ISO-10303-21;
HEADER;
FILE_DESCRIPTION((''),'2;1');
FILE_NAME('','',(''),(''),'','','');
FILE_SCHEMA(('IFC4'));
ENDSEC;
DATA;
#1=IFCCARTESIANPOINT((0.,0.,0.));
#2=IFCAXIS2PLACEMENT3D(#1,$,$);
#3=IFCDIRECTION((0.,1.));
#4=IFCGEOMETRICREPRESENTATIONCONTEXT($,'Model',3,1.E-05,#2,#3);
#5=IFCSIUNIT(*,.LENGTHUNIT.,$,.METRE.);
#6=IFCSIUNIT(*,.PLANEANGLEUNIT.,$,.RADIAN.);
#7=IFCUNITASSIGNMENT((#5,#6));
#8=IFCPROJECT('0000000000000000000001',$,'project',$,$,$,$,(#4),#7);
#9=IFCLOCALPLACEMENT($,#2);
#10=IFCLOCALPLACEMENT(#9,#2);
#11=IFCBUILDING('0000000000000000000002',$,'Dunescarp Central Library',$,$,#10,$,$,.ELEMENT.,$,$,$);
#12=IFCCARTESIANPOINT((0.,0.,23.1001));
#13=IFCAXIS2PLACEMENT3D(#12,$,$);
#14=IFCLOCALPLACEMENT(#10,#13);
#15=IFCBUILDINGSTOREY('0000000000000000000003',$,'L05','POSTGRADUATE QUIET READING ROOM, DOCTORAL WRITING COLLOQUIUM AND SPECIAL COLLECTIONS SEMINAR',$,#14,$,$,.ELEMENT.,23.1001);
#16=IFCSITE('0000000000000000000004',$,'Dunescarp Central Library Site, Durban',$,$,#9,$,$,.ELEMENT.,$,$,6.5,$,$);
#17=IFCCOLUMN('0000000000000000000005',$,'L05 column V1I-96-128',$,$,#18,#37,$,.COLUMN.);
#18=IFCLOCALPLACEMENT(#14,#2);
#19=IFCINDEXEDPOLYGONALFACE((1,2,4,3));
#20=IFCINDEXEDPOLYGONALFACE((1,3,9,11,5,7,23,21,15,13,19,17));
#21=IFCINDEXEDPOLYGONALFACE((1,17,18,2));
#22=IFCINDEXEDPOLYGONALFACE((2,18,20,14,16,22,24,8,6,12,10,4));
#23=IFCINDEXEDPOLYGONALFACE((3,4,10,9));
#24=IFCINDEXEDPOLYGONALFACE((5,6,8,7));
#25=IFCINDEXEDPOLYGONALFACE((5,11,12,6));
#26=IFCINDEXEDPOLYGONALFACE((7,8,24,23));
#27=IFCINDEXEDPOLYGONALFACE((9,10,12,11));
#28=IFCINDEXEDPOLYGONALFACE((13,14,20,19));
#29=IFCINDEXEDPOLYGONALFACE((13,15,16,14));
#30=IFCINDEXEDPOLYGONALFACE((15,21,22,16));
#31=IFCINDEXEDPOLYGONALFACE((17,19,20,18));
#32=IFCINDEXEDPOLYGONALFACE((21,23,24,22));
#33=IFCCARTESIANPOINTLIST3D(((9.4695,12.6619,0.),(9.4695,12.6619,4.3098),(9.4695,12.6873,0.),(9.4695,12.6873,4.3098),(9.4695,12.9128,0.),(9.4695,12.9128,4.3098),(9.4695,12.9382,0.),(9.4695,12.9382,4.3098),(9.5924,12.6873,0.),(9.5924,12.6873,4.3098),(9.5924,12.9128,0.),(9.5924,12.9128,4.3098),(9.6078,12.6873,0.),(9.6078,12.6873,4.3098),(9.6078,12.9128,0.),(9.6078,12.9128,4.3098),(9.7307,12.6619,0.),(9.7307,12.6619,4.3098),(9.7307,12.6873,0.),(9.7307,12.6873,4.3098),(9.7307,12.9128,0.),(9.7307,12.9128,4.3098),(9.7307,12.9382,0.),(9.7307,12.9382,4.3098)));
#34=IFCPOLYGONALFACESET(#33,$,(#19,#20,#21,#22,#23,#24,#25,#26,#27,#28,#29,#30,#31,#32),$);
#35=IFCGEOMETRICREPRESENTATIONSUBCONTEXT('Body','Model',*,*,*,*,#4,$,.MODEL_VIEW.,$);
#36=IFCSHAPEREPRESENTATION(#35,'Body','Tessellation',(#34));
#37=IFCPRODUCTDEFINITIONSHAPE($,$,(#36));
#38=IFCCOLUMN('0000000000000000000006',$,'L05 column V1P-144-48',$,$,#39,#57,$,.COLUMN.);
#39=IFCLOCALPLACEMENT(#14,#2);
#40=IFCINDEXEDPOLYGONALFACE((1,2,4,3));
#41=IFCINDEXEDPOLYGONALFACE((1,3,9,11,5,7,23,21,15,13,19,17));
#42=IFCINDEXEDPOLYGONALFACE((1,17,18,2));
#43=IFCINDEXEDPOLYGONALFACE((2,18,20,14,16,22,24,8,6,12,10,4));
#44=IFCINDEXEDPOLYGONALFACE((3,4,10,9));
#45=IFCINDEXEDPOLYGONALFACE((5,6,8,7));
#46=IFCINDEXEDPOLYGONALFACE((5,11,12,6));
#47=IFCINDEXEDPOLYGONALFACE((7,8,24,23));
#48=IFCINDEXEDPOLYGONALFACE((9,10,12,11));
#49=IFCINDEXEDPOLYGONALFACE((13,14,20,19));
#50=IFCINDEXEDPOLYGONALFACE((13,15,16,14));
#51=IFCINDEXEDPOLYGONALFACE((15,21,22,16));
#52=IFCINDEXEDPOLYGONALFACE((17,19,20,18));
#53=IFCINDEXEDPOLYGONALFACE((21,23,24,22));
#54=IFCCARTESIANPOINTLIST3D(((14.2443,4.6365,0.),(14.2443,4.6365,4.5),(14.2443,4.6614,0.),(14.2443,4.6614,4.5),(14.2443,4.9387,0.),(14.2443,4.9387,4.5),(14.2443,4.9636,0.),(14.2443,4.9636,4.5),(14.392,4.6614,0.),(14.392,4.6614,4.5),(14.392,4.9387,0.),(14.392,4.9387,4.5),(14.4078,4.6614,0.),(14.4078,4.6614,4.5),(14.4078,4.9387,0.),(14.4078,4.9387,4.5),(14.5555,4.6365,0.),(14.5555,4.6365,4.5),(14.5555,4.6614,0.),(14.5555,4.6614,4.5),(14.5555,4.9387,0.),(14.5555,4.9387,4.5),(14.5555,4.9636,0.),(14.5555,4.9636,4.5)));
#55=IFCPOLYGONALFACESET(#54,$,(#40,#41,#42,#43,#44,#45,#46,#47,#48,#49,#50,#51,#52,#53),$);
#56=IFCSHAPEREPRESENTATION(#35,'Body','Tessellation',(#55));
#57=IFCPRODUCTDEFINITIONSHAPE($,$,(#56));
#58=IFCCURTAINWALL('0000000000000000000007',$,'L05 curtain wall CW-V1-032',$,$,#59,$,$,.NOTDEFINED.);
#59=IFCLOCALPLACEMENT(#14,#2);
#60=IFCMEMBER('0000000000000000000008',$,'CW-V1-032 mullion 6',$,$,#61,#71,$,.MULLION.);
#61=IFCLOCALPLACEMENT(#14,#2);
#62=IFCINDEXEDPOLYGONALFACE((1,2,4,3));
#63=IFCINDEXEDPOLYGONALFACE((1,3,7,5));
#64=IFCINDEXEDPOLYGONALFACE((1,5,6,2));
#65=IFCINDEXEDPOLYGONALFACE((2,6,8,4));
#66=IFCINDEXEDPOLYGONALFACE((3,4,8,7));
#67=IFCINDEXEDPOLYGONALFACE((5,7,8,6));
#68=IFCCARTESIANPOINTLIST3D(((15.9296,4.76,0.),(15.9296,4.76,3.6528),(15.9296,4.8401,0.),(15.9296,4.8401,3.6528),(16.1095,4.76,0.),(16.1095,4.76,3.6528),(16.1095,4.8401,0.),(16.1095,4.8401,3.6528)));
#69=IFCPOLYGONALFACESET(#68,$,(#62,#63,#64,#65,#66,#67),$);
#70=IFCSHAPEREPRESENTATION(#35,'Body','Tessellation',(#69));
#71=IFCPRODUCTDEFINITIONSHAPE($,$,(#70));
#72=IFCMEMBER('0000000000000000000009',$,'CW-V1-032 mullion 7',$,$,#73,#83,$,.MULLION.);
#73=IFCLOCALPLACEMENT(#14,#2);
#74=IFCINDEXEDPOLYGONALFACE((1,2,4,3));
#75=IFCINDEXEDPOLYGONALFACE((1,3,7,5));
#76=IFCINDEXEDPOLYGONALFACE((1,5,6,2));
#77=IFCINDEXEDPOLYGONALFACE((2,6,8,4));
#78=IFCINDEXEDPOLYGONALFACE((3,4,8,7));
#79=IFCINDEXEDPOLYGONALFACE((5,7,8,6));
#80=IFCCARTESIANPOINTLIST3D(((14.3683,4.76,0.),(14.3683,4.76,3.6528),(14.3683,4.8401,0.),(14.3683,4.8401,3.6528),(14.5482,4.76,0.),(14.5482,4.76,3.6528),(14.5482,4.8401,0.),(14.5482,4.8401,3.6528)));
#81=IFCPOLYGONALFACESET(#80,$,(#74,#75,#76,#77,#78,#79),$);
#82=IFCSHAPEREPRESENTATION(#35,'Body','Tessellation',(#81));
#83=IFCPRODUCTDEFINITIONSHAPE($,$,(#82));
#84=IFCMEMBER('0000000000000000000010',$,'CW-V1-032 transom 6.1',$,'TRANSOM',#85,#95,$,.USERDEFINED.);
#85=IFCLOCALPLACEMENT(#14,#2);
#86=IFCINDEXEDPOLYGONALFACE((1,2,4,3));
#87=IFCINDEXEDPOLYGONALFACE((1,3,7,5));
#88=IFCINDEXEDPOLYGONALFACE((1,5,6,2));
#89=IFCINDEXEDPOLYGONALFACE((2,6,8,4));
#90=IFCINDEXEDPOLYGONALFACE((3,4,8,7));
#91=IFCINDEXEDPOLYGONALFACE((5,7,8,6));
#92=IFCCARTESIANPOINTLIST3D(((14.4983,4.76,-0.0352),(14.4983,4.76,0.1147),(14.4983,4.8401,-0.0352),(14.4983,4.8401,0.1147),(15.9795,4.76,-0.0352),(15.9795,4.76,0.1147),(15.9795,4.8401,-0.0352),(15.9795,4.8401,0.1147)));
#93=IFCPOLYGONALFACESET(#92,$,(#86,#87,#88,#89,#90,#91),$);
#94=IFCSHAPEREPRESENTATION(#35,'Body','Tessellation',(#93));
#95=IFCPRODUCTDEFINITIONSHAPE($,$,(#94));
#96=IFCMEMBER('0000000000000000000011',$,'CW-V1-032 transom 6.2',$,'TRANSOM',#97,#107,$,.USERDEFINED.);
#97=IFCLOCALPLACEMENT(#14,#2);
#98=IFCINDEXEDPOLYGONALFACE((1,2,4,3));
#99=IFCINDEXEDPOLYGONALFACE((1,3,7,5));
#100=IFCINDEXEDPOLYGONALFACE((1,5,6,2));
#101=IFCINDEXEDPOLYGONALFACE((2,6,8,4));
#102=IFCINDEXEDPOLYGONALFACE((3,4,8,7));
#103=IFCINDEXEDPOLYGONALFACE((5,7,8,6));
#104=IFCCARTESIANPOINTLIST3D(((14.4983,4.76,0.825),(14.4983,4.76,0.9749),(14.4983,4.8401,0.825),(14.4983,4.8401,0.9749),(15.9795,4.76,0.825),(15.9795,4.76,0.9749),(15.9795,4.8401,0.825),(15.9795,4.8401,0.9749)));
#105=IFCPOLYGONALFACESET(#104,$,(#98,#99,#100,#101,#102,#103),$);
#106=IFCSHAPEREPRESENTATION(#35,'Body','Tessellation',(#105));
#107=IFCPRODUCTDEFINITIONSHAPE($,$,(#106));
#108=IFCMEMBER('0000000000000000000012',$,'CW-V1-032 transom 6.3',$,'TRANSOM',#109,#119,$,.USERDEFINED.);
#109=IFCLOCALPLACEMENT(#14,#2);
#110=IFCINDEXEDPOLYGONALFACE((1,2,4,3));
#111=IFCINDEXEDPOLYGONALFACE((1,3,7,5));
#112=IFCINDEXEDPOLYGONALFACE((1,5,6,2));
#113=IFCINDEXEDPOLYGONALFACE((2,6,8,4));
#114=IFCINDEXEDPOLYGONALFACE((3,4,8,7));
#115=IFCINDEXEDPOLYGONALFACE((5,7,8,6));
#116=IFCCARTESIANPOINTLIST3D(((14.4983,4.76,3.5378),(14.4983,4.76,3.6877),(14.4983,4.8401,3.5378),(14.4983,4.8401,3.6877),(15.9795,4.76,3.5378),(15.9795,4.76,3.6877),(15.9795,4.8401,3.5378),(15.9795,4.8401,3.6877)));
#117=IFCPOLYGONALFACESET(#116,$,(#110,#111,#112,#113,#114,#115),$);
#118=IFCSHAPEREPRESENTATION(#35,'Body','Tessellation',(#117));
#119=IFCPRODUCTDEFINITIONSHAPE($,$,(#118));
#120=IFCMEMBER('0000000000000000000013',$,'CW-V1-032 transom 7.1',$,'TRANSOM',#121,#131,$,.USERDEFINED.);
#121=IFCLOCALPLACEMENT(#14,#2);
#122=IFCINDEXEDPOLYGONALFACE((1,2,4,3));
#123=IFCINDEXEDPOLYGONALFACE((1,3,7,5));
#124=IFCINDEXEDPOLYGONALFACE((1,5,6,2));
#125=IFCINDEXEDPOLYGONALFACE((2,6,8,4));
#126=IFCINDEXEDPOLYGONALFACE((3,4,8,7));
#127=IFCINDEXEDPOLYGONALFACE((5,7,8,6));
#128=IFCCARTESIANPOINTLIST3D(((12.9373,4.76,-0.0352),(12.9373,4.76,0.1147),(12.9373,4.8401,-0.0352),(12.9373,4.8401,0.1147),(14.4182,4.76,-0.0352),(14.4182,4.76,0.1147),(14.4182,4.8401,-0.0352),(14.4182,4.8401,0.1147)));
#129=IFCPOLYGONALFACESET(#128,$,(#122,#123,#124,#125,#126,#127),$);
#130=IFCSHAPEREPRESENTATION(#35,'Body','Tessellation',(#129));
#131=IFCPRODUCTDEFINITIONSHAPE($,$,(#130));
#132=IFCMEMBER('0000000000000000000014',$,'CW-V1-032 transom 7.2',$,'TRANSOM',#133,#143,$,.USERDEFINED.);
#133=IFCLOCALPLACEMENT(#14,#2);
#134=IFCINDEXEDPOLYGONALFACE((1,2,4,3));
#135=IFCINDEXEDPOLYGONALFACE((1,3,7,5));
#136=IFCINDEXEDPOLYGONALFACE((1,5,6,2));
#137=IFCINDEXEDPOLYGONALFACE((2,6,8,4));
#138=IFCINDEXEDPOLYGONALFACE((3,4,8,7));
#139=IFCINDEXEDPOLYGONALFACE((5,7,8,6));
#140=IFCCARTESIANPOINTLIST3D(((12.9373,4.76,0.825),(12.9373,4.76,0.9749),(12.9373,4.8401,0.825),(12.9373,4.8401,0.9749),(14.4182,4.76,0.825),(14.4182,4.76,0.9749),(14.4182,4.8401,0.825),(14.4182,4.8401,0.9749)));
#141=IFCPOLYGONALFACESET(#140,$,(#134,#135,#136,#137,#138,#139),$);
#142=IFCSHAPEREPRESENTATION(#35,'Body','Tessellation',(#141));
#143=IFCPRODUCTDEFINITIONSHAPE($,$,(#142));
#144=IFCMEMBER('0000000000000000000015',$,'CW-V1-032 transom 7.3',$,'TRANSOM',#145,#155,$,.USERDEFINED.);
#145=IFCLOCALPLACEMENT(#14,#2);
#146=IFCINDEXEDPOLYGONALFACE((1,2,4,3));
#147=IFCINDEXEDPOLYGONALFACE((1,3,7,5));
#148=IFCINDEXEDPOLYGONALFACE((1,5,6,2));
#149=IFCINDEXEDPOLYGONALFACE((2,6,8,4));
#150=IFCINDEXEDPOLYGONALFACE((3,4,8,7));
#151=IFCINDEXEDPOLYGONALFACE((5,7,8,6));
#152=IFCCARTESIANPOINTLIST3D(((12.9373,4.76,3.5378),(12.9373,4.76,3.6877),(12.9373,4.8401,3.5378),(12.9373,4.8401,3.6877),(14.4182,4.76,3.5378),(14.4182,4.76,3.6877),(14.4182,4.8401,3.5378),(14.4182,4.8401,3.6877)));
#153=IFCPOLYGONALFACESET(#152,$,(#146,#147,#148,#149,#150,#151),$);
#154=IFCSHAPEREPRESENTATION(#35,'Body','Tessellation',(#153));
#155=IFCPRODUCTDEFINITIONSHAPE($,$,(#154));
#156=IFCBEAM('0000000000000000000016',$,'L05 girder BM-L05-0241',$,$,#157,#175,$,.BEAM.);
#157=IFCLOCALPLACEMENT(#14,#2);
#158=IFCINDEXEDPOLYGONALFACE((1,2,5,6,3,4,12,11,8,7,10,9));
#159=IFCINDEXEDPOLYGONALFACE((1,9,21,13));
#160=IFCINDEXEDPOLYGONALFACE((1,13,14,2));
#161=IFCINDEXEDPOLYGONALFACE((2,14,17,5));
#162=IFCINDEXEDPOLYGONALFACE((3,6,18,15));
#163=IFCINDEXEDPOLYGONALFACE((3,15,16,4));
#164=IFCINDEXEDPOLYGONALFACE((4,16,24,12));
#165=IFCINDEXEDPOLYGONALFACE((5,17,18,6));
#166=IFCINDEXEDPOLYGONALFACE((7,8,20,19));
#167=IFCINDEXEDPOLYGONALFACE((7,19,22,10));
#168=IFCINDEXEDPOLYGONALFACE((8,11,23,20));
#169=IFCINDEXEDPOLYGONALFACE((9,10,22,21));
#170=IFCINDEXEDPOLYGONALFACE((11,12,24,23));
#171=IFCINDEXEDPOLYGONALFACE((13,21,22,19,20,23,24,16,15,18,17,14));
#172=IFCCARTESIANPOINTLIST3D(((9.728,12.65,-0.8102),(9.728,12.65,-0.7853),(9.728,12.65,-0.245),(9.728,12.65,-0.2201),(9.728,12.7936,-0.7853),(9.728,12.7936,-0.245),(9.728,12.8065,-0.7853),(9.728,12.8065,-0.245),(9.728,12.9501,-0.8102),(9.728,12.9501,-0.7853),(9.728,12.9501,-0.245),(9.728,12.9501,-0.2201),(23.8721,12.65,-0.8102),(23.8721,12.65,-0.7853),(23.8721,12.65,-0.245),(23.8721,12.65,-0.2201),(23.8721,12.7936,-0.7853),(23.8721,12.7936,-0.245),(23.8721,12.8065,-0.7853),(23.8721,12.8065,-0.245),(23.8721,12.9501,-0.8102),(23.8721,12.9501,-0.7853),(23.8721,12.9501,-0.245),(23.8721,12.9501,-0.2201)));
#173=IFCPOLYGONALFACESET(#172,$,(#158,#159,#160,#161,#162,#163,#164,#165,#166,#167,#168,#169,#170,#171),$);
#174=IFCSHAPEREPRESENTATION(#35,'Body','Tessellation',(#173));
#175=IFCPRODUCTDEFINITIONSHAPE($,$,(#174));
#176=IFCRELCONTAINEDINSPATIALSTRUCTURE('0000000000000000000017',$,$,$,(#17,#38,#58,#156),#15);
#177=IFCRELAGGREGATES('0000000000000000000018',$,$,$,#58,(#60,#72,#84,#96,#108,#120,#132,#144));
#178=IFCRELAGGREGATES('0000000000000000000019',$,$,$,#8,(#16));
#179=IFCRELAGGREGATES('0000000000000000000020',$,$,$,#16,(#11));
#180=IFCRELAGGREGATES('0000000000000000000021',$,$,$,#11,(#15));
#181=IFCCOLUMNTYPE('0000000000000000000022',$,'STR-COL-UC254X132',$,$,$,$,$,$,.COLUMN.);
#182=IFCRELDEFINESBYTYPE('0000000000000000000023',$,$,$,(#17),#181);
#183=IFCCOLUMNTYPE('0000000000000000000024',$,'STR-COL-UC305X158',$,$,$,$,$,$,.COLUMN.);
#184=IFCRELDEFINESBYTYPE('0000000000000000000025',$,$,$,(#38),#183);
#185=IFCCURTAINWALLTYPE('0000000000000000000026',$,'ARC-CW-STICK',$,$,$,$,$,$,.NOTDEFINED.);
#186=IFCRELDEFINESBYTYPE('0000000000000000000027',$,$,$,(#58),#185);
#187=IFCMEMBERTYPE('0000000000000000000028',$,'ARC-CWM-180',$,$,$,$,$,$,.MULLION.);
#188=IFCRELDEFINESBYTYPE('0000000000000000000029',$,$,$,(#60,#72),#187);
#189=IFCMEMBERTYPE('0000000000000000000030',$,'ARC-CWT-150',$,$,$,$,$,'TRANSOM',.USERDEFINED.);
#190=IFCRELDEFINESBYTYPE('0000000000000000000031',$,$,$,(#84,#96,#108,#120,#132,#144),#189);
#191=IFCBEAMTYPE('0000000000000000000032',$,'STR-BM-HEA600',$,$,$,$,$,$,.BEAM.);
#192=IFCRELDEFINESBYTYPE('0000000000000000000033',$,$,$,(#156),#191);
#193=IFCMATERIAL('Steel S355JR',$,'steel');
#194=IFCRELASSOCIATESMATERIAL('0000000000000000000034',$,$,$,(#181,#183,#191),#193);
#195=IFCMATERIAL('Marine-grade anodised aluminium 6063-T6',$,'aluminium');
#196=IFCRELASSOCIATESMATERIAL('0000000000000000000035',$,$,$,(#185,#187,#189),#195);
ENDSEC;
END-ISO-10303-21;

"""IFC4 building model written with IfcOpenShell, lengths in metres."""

from ifc_helpers import new_model, si_unit, direction, frame, origin, origin_2d, place, context, subcontext, project, spatial, rectangle, i_section, extrude, material, material_profile, profile_set, type_object, element, aggregate, save


model = new_model("IFC4")

# Units and contexts
model_context = context("Model", 3, precision=1e-05, world=origin(), true_north=direction((0.0, 1.0)))
body_context = subcontext(model_context, "Body", "Model", "MODEL_VIEW")
ifc_project = project(units=[si_unit("LENGTHUNIT", "METRE"), si_unit("PLANEANGLEUNIT", "RADIAN")], contexts=[model_context])

# Site, building, storey
site_placement = place(None, origin())
site = spatial("IfcSite", under=ifc_project, at=site_placement, Name="Dunescarp Central Library Site, Durban", CompositionType="ELEMENT", RefElevation=6.5)
building_placement = place(site_placement, origin())
building = spatial("IfcBuilding", under=site, at=building_placement, Name="Dunescarp Central Library", CompositionType="ELEMENT")
storey_placement = place(building_placement, frame((0.0, 0.0, 23.1001)))
storey = spatial("IfcBuildingStorey", under=building, at=storey_placement, Name="L05", Description="POSTGRADUATE QUIET READING ROOM, DOCTORAL WRITING COLLOQUIUM AND SPECIAL COLLECTIONS SEMINAR", CompositionType="ELEMENT", Elevation=23.1001)

# Columns
ifc_material_1 = material(Name="Steel S355JR", Category="steel")
ifc_material_profile_1 = material_profile(ifc_material_1, i_section(OverallWidth=0.2612, OverallDepth=0.2764, WebThickness=0.0154, FlangeThickness=0.0254, at=origin_2d()), Name="UC 254x254x132")
ifc_profile_set_1 = profile_set([ifc_material_profile_1], Name="Steel S355JR")
column_type_1 = type_object("IfcColumnType", Name="STR-COL-UC254X132", PredefinedType="COLUMN", material=ifc_profile_set_1)
column_1_placement = place(storey_placement, frame((9.6001, 12.8, 0.0), z_axis=(0.0, 0.0, 1.0), x_axis=(1.0, 0.0, 0.0)))
element("IfcColumn", 1, at=column_1_placement, inside=storey, type_object=column_type_1, Name="L05 column V1I-96-128", PredefinedType="COLUMN", context=body_context, shape_type="SweptSolid", body=[
    extrude(i_section(OverallWidth=0.2612, OverallDepth=0.2764, WebThickness=0.0154, FlangeThickness=0.0254, at=origin_2d()), origin(), (0.0, 0.0, 1.0), 4.3098),
])
ifc_material_profile_2 = material_profile(ifc_material_1, i_section(OverallWidth=0.3113, OverallDepth=0.3271, WebThickness=0.0159, FlangeThickness=0.0249, at=origin_2d()), Name="UC 305x305x158")
ifc_profile_set_2 = profile_set([ifc_material_profile_2], Name="Steel S355JR")
column_type_2 = type_object("IfcColumnType", Name="STR-COL-UC305X158", PredefinedType="COLUMN", material=ifc_profile_set_2)
column_2_placement = place(storey_placement, frame((14.3999, 4.8, 0.0), z_axis=(0.0, 0.0, 1.0), x_axis=(1.0, 0.0, 0.0)))
element("IfcColumn", 2, at=column_2_placement, inside=storey, type_object=column_type_2, Name="L05 column V1P-144-48", PredefinedType="COLUMN", context=body_context, shape_type="SweptSolid", body=[
    extrude(i_section(OverallWidth=0.3113, OverallDepth=0.3271, WebThickness=0.0159, FlangeThickness=0.0249, at=origin_2d()), origin(), (0.0, 0.0, 1.0), 4.5),
])

# Curtain wall, members
ifc_material_2 = material(Name="Marine-grade anodised aluminium 6063-T6", Category="aluminium")
curtain_wall_type = type_object("IfcCurtainWallType", Name="ARC-CW-STICK", PredefinedType="NOTDEFINED", material=ifc_material_2)
curtain_wall_placement = place(storey_placement, origin())
curtain_wall = element("IfcCurtainWall", 3, at=curtain_wall_placement, inside=storey, type_object=curtain_wall_type, Name="L05 curtain wall CW-V1-032", PredefinedType="NOTDEFINED")
ifc_material_profile_3 = material_profile(ifc_material_2, rectangle(XDim=0.0801, YDim=0.1799, at=origin_2d()), Name="AL 80x180")
ifc_profile_set_3 = profile_set([ifc_material_profile_3], Name="Marine-grade anodised aluminium 6063-T6")
member_type_1 = type_object("IfcMemberType", Name="ARC-CWM-180", PredefinedType="MULLION", material=ifc_profile_set_3)
member_1_placement = place(storey_placement, frame((16.0195, 4.8, 0.0), z_axis=(0.0, 0.0, 1.0), x_axis=(0.0, -1.0, 0.0)))
member_1 = element("IfcMember", 4, at=member_1_placement, type_object=member_type_1, Name="CW-V1-032 mullion 6", PredefinedType="MULLION", context=body_context, shape_type="SweptSolid", body=[
    extrude(rectangle(XDim=0.0801, YDim=0.1799, at=origin_2d()), origin(), (0.0, 0.0, 1.0), 3.6528),
])
member_2_placement = place(storey_placement, frame((14.4583, 4.8, 0.0), z_axis=(0.0, 0.0, 1.0), x_axis=(0.0, -1.0, 0.0)))
member_2 = element("IfcMember", 5, at=member_2_placement, type_object=member_type_1, Name="CW-V1-032 mullion 7", PredefinedType="MULLION", context=body_context, shape_type="SweptSolid", body=[
    extrude(rectangle(XDim=0.0801, YDim=0.1799, at=origin_2d()), origin(), (0.0, 0.0, 1.0), 3.6528),
])
ifc_material_profile_4 = material_profile(ifc_material_2, rectangle(XDim=0.0801, YDim=0.1499, at=origin_2d()), Name="AL 80x150")
ifc_profile_set_4 = profile_set([ifc_material_profile_4], Name="Marine-grade anodised aluminium 6063-T6")
member_type_2 = type_object("IfcMemberType", Name="ARC-CWT-150", ElementType="TRANSOM", PredefinedType="USERDEFINED", material=ifc_profile_set_4)
member_3_placement = place(storey_placement, frame((15.9795, 4.8, 0.0398), z_axis=(-1.0, 0.0, 0.0), x_axis=(0.0, -1.0, 0.0)))
member_3 = element("IfcMember", 6, at=member_3_placement, type_object=member_type_2, Name="CW-V1-032 transom 6.1", ObjectType="TRANSOM", PredefinedType="USERDEFINED", context=body_context, shape_type="SweptSolid", body=[
    extrude(rectangle(XDim=0.0801, YDim=0.1499, at=origin_2d()), origin(), (0.0, 0.0, 1.0), 1.4812),
])
member_4_placement = place(storey_placement, frame((15.9795, 4.8, 0.8999), z_axis=(-1.0, 0.0, 0.0), x_axis=(0.0, -1.0, 0.0)))
member_4 = element("IfcMember", 7, at=member_4_placement, type_object=member_type_2, Name="CW-V1-032 transom 6.2", ObjectType="TRANSOM", PredefinedType="USERDEFINED", context=body_context, shape_type="SweptSolid", body=[
    extrude(rectangle(XDim=0.0801, YDim=0.1499, at=origin_2d()), origin(), (0.0, 0.0, 1.0), 1.4812),
])
member_5_placement = place(storey_placement, frame((15.9795, 4.8, 3.6128), z_axis=(-1.0, 0.0, 0.0), x_axis=(0.0, -1.0, 0.0)))
member_5 = element("IfcMember", 8, at=member_5_placement, type_object=member_type_2, Name="CW-V1-032 transom 6.3", ObjectType="TRANSOM", PredefinedType="USERDEFINED", context=body_context, shape_type="SweptSolid", body=[
    extrude(rectangle(XDim=0.0801, YDim=0.1499, at=origin_2d()), origin(), (0.0, 0.0, 1.0), 1.4812),
])
member_6_placement = place(storey_placement, frame((14.4182, 4.8, 0.0398), z_axis=(-1.0, 0.0, 0.0), x_axis=(0.0, -1.0, 0.0)))
member_6 = element("IfcMember", 9, at=member_6_placement, type_object=member_type_2, Name="CW-V1-032 transom 7.1", ObjectType="TRANSOM", PredefinedType="USERDEFINED", context=body_context, shape_type="SweptSolid", body=[
    extrude(rectangle(XDim=0.0801, YDim=0.1499, at=origin_2d()), origin(), (0.0, 0.0, 1.0), 1.481),
])
member_7_placement = place(storey_placement, frame((14.4182, 4.8, 0.8999), z_axis=(-1.0, 0.0, 0.0), x_axis=(0.0, -1.0, 0.0)))
member_7 = element("IfcMember", 10, at=member_7_placement, type_object=member_type_2, Name="CW-V1-032 transom 7.2", ObjectType="TRANSOM", PredefinedType="USERDEFINED", context=body_context, shape_type="SweptSolid", body=[
    extrude(rectangle(XDim=0.0801, YDim=0.1499, at=origin_2d()), origin(), (0.0, 0.0, 1.0), 1.481),
])
member_8_placement = place(storey_placement, frame((14.4182, 4.8, 3.6128), z_axis=(-1.0, 0.0, 0.0), x_axis=(0.0, -1.0, 0.0)))
member_8 = element("IfcMember", 11, at=member_8_placement, type_object=member_type_2, Name="CW-V1-032 transom 7.3", ObjectType="TRANSOM", PredefinedType="USERDEFINED", context=body_context, shape_type="SweptSolid", body=[
    extrude(rectangle(XDim=0.0801, YDim=0.1499, at=origin_2d()), origin(), (0.0, 0.0, 1.0), 1.481),
])

# Beam
ifc_material_profile_5 = material_profile(ifc_material_1, i_section(OverallWidth=0.3, OverallDepth=0.5901, WebThickness=0.0129, FlangeThickness=0.0249, at=origin_2d()), Name="HEA 600")
ifc_profile_set_5 = profile_set([ifc_material_profile_5], Name="Steel S355JR")
beam_type_1 = type_object("IfcBeamType", Name="STR-BM-HEA600", PredefinedType="BEAM", material=ifc_profile_set_5)
beam_1_placement = place(storey_placement, frame((9.728, 12.8, -0.5151), z_axis=(1.0, 0.0, 0.0), x_axis=(0.0, 1.0, 0.0)))
element("IfcBeam", 12, at=beam_1_placement, inside=storey, type_object=beam_type_1, Name="L05 girder BM-L05-0241", PredefinedType="BEAM", context=body_context, shape_type="SweptSolid", body=[
    extrude(i_section(OverallWidth=0.3, OverallDepth=0.5901, WebThickness=0.0129, FlangeThickness=0.0249, at=origin_2d()), origin(), (0.0, 0.0, 1.0), 14.144),
])

aggregate(curtain_wall, [member_1, member_2, member_3, member_4, member_5, member_6, member_7, member_8])

save(model, "model.ifc")
